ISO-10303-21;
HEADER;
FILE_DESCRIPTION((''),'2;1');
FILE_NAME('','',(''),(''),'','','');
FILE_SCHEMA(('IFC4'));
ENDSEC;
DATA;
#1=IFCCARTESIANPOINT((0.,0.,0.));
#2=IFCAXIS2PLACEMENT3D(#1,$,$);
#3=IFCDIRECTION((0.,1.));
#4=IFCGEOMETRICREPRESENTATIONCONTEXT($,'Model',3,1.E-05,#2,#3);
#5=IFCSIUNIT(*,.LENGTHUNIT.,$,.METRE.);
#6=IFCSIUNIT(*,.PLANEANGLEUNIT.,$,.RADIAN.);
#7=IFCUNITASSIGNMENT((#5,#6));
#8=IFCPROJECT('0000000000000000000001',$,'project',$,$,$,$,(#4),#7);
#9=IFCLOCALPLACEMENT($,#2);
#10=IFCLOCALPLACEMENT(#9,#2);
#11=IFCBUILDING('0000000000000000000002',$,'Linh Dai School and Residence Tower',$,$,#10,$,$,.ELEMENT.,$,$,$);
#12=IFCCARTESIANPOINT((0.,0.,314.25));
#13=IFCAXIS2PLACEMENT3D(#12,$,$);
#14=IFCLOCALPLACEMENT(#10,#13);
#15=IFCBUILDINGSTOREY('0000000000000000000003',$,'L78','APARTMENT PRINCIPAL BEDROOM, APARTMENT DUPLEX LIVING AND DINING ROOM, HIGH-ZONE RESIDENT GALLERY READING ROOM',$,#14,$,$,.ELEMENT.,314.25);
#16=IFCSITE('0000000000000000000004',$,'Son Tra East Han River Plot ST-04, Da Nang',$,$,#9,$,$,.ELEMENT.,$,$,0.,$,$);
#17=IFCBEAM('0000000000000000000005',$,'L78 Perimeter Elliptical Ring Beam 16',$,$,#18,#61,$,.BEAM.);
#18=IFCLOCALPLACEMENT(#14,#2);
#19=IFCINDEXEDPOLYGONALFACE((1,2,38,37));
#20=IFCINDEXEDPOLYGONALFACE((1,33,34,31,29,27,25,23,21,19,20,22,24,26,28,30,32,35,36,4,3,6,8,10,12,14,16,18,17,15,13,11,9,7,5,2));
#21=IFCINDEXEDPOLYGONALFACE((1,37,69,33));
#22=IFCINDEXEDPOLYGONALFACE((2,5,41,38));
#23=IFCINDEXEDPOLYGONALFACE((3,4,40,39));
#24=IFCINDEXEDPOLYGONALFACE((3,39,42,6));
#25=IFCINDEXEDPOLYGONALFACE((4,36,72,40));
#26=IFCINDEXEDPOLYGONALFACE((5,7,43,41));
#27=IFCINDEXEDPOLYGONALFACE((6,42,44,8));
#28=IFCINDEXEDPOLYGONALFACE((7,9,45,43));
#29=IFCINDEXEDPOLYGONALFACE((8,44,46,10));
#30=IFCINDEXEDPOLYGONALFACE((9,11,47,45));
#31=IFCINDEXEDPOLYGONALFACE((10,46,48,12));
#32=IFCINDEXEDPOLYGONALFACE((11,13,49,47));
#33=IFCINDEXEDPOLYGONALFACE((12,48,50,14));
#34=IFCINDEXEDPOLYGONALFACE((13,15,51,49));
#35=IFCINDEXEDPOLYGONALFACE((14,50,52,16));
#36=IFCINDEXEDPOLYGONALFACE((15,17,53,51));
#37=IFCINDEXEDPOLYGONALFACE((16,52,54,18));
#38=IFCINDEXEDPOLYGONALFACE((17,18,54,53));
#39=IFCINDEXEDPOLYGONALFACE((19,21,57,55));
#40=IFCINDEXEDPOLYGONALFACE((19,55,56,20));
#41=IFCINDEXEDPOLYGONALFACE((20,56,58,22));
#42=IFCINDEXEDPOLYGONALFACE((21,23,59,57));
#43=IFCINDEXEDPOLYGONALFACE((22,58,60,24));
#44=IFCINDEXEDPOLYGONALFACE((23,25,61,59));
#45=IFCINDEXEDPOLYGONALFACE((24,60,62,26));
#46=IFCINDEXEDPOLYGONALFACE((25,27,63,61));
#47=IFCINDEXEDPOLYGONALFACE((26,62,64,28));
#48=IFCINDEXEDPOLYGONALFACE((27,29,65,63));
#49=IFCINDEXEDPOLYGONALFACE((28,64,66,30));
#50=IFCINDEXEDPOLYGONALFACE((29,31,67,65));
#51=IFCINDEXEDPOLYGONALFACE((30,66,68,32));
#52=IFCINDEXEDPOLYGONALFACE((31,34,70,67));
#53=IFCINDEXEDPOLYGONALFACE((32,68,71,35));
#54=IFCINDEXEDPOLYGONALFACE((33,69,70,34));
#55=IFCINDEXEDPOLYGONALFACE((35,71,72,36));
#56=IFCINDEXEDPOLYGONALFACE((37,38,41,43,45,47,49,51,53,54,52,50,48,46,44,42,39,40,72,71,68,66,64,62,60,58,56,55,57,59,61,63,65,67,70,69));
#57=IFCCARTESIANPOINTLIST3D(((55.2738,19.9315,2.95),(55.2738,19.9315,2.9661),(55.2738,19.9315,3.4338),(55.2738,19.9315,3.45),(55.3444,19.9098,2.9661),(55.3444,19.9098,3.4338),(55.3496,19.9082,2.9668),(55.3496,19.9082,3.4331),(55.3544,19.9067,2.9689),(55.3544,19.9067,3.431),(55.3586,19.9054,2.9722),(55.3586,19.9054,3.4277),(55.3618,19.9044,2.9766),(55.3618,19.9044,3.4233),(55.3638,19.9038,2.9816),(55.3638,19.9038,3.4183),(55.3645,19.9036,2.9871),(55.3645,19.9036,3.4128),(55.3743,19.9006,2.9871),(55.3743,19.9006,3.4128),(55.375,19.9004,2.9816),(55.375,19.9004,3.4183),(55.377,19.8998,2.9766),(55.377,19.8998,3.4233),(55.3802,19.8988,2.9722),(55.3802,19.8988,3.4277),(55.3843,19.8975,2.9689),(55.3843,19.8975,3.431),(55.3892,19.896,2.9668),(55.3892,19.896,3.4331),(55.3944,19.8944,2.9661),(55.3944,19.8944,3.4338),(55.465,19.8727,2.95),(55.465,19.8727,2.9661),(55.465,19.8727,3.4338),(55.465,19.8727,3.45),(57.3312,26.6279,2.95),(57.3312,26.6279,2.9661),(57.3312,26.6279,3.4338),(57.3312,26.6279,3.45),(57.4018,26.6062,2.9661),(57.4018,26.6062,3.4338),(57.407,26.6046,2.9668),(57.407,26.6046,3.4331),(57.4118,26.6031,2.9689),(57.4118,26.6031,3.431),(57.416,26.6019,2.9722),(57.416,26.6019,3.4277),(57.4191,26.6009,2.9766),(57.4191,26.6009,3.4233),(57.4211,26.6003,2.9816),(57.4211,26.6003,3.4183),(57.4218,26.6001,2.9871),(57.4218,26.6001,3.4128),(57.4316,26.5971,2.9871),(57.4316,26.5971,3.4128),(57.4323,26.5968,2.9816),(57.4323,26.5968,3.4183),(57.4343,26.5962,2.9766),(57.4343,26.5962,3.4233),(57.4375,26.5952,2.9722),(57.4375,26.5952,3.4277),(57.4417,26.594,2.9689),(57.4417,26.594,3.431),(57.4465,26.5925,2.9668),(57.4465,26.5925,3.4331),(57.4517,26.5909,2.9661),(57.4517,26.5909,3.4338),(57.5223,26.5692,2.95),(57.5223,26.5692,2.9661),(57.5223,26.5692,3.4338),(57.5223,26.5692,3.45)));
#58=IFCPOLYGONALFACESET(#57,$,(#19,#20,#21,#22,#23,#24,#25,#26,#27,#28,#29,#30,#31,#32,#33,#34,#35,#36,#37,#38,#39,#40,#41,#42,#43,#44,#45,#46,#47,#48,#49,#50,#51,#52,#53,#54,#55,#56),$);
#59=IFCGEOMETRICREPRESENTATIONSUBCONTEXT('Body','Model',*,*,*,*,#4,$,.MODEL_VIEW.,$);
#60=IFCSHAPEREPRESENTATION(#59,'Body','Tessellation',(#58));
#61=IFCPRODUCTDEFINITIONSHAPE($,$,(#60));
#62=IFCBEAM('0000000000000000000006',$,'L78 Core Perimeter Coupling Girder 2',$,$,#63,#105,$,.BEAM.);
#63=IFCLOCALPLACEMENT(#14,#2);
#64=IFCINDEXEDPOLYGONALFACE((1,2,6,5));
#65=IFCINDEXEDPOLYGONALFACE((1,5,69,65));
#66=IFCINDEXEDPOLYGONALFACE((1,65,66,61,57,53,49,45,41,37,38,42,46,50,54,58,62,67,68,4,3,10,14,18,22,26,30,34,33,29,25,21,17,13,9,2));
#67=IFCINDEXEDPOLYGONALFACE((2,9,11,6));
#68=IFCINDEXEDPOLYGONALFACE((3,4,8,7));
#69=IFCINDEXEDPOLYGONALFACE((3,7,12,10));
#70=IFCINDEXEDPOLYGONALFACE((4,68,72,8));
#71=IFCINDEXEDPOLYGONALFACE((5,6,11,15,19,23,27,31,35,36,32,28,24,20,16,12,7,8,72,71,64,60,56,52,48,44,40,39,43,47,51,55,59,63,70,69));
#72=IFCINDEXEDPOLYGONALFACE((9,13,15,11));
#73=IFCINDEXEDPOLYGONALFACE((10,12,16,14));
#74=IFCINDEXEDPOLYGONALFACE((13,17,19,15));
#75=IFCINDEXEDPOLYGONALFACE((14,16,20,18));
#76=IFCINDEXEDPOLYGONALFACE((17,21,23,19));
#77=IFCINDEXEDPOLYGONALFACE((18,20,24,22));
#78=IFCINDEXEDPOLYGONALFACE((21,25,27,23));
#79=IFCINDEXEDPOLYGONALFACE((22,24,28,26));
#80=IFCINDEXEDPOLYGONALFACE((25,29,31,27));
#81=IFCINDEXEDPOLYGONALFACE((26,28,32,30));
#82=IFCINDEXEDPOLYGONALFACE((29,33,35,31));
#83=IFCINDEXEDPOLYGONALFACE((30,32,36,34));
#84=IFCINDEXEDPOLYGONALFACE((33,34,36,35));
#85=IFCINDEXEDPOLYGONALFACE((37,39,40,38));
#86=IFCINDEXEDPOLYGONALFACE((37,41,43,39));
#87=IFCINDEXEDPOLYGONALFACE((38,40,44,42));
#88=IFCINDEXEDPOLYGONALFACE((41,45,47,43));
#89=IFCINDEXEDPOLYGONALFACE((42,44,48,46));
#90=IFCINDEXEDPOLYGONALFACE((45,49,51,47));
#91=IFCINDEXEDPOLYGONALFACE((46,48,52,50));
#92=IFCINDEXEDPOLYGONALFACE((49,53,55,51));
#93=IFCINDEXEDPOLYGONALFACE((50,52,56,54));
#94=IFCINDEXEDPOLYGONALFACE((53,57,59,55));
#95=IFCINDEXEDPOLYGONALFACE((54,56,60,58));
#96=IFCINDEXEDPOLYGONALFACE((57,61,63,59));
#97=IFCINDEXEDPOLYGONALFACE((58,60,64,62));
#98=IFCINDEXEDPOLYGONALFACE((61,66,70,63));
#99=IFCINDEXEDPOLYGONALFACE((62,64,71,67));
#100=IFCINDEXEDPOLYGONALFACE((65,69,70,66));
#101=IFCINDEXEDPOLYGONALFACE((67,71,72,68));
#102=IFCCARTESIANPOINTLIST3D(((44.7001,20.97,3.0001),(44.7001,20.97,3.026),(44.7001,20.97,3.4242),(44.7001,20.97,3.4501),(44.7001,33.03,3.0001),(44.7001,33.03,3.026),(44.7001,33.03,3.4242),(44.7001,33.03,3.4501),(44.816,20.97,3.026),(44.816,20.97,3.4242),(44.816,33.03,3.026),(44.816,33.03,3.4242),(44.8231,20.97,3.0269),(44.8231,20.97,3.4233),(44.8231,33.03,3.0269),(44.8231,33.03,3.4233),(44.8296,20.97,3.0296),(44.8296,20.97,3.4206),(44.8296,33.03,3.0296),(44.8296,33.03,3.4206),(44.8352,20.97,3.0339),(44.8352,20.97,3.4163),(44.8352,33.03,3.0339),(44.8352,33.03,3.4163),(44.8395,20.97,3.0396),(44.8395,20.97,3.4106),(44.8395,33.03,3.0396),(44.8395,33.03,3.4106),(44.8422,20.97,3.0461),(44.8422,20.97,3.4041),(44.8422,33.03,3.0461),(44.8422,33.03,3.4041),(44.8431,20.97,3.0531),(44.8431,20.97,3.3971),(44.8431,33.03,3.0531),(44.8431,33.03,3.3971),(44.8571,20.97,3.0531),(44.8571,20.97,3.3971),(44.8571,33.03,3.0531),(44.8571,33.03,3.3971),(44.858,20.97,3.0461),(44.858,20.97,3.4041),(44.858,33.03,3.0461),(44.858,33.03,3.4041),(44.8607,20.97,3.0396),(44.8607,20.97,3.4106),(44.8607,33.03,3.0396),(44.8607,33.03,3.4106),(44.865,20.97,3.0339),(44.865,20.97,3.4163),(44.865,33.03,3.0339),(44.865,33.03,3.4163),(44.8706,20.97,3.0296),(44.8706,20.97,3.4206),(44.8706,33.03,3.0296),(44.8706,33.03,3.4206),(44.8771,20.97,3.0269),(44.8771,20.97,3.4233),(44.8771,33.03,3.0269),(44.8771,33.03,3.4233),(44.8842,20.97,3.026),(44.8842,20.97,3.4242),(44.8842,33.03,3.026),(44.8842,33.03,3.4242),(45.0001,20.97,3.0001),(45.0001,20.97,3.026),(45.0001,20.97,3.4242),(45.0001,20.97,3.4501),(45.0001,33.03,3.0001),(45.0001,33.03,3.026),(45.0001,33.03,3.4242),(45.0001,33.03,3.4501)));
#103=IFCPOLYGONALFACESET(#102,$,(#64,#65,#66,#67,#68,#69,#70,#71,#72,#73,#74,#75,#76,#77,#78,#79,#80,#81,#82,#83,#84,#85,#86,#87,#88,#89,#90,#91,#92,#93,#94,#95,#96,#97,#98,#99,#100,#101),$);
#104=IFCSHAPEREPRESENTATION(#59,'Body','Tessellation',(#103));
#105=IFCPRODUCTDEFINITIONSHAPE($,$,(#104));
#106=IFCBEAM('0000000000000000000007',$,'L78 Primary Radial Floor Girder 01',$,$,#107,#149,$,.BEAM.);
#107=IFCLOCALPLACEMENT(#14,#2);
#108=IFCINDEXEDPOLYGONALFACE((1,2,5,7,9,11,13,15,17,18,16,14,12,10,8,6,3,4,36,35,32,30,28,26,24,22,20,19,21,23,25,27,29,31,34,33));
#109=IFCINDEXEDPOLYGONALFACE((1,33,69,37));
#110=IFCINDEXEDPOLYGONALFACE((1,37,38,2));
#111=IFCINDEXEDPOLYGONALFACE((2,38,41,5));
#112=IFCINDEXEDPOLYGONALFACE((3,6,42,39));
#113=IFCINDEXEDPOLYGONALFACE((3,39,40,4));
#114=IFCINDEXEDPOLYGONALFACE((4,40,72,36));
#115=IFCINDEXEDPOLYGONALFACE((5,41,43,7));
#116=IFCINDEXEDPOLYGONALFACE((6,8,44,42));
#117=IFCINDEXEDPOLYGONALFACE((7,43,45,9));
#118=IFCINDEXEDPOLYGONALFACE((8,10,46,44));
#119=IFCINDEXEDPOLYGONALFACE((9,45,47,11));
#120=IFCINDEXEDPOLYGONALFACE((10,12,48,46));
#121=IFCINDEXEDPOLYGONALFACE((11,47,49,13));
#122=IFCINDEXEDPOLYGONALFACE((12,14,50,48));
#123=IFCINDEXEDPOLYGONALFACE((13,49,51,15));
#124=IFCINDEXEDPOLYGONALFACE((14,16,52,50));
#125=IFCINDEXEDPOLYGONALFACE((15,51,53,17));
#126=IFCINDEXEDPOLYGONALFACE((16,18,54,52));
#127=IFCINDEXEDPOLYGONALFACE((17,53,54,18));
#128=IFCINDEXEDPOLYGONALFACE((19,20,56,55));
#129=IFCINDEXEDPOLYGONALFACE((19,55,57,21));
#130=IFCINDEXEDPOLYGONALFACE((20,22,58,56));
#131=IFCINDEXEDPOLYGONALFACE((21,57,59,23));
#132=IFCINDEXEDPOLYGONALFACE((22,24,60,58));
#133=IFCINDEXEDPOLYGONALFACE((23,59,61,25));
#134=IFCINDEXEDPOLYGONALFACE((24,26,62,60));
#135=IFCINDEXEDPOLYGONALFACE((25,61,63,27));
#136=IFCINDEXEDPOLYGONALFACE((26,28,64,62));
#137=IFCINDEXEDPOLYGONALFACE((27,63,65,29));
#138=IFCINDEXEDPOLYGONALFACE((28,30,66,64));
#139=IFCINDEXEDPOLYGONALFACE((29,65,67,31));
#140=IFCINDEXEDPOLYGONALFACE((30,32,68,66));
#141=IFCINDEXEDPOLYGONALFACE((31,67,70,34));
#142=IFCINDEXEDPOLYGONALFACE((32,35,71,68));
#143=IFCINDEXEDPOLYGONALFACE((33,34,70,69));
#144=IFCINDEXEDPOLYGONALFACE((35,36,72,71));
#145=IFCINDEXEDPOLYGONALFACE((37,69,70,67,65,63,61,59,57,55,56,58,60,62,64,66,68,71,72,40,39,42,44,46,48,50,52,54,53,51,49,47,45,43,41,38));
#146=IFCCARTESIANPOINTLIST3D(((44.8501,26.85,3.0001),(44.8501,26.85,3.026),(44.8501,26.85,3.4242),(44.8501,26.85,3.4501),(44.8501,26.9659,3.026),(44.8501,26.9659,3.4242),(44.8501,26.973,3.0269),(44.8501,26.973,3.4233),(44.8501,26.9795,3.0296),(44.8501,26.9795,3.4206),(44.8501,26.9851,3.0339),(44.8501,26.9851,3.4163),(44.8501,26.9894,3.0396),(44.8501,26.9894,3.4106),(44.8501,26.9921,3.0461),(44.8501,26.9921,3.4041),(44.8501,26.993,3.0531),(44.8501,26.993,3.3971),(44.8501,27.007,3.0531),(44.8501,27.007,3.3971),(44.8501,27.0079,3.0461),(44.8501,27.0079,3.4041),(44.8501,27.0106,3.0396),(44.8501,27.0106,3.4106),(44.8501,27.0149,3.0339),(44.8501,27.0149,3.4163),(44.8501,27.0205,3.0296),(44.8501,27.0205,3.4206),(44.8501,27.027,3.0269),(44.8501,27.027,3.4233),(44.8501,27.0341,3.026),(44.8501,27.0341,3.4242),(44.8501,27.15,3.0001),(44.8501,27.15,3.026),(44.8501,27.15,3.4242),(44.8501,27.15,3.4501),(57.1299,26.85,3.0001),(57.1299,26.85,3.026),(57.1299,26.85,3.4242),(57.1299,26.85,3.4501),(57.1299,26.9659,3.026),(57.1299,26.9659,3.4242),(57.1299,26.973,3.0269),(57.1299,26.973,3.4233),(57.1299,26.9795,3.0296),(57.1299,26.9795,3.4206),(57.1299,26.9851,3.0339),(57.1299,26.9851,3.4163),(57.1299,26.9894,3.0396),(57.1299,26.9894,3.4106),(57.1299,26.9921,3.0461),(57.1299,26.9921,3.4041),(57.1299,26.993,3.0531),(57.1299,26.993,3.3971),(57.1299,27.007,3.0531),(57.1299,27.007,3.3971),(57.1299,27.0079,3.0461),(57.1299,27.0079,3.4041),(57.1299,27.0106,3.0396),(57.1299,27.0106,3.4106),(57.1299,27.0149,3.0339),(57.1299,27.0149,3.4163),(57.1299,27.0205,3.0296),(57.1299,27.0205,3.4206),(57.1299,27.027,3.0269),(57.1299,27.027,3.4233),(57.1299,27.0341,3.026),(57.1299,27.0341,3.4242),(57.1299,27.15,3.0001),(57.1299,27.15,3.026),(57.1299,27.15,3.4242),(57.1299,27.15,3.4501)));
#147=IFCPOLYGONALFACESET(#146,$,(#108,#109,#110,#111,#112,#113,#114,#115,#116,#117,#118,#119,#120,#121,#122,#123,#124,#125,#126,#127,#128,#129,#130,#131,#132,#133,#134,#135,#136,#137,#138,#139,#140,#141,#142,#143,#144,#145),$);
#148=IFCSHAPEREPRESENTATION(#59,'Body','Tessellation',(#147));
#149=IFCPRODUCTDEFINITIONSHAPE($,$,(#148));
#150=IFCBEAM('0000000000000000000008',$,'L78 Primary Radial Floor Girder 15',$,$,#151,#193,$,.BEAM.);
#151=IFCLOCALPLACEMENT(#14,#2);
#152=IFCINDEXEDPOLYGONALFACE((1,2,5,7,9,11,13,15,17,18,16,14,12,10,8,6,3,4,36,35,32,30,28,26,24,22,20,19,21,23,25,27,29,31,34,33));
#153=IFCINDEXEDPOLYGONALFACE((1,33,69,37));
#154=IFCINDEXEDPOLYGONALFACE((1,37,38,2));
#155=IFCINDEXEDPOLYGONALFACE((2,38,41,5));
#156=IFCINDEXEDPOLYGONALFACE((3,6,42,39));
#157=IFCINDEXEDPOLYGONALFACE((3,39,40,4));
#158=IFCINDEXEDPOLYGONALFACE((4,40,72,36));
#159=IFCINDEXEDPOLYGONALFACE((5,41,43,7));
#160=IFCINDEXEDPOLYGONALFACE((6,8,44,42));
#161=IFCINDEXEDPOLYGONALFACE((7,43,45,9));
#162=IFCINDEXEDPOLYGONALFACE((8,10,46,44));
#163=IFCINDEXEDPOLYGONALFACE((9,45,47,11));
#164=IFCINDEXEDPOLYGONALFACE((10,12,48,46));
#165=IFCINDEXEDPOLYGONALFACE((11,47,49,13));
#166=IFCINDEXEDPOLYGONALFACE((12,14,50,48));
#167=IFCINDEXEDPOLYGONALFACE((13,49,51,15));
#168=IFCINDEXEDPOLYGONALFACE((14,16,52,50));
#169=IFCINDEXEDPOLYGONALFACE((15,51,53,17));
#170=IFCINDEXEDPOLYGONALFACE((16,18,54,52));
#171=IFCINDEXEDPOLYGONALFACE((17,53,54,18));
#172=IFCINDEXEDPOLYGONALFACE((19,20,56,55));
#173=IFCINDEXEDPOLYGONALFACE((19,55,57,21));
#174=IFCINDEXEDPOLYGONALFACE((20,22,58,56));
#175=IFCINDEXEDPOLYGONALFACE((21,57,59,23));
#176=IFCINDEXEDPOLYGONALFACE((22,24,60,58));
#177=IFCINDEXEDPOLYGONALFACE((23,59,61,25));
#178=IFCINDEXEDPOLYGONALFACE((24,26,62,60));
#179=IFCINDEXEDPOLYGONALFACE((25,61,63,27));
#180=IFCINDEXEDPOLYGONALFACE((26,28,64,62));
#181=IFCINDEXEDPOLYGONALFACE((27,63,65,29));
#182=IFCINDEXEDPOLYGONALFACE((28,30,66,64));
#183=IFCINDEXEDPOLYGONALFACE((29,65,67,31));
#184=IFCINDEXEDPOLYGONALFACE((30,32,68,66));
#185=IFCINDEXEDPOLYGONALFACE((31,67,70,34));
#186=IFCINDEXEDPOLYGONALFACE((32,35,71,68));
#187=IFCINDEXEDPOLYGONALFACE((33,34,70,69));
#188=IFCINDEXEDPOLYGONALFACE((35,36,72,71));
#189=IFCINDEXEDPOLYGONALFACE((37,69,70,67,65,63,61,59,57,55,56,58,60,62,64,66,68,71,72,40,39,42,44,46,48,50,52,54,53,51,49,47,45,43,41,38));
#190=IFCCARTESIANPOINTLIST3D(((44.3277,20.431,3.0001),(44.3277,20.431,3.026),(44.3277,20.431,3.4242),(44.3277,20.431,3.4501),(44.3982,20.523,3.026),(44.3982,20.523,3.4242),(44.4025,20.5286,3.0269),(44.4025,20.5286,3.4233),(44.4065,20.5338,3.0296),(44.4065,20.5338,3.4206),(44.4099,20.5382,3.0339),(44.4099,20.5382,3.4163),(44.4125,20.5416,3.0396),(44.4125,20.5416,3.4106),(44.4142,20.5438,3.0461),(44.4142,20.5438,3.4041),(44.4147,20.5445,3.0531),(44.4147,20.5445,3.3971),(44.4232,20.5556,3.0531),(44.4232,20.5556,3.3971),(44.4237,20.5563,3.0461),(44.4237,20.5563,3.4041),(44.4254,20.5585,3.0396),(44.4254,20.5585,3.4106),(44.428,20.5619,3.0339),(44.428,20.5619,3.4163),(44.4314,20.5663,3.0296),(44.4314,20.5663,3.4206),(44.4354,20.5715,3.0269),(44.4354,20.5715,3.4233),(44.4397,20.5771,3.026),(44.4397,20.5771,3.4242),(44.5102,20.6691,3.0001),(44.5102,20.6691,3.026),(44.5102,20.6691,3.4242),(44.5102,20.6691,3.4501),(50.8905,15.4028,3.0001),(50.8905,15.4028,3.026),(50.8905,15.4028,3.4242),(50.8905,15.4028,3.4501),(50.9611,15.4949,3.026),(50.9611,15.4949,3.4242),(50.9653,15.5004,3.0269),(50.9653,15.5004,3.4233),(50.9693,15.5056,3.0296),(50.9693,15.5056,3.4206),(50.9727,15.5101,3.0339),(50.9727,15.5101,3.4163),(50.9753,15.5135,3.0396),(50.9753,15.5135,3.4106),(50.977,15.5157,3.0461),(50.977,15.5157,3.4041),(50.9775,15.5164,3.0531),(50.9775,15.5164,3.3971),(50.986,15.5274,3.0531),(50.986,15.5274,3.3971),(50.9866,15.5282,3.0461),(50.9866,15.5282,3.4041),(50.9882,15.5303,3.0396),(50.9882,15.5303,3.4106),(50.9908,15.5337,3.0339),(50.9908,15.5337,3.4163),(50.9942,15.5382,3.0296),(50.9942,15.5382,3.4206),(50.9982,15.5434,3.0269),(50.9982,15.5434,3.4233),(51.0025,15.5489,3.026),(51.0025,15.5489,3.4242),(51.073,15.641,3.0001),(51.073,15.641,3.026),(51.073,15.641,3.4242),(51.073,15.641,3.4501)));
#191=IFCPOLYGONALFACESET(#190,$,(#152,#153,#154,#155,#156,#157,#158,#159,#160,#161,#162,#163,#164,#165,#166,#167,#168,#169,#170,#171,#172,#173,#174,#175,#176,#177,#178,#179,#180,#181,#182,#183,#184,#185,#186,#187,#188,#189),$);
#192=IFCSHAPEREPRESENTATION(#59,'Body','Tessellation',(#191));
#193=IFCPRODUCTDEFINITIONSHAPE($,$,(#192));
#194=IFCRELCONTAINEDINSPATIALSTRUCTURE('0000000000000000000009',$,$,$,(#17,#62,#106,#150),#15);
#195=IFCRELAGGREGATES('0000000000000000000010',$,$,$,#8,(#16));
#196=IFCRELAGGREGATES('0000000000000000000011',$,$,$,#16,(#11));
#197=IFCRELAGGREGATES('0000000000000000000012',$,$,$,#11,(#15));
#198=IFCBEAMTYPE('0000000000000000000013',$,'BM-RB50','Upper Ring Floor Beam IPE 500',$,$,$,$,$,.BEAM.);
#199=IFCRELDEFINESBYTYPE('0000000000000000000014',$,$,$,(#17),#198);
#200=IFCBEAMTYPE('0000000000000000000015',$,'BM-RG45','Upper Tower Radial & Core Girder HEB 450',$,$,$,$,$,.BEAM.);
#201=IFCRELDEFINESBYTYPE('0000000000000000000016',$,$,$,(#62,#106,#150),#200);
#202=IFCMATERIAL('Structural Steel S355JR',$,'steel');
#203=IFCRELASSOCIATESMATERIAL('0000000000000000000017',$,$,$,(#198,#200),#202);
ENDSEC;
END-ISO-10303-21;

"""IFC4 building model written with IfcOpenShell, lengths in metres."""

from ifc_helpers import new_model, si_unit, direction, frame, origin, origin_2d, place, context, subcontext, project, spatial, i_section, extrude, material, material_profile, profile_set, type_object, element, save


model = new_model("IFC4")

# Units and contexts
model_context = context("Model", 3, precision=1e-05, world=origin(), true_north=direction((0.0, 1.0)))
body_context = subcontext(model_context, "Body", "Model", "MODEL_VIEW")
ifc_project = project(units=[si_unit("LENGTHUNIT", "METRE"), si_unit("PLANEANGLEUNIT", "RADIAN")], contexts=[model_context])

# Site, building, storey
site_placement = place(None, origin())
site = spatial("IfcSite", under=ifc_project, at=site_placement, Name="Son Tra East Han River Plot ST-04, Da Nang", CompositionType="ELEMENT", RefElevation=0.0)
building_placement = place(site_placement, origin())
building = spatial("IfcBuilding", under=site, at=building_placement, Name="Linh Dai School and Residence Tower", CompositionType="ELEMENT")
storey_placement = place(building_placement, frame((0.0, 0.0, 314.25)))
storey = spatial("IfcBuildingStorey", under=building, at=storey_placement, Name="L78", Description="APARTMENT PRINCIPAL BEDROOM, APARTMENT DUPLEX LIVING AND DINING ROOM, HIGH-ZONE RESIDENT GALLERY READING ROOM", CompositionType="ELEMENT", Elevation=314.25)

# Shared definitions
ifc_material_1 = material(Name="Structural Steel S355JR", Category="steel")

# Beams
ifc_material_profile_1 = material_profile(ifc_material_1, i_section(OverallWidth=0.2, OverallDepth=0.5, WebThickness=0.0103, FlangeThickness=0.0161, FilletRadius=0.021, at=origin_2d()), Name="IPE 500")
ifc_profile_set_1 = profile_set([ifc_material_profile_1], Name="Structural Steel S355JR")
beam_type_1 = type_object("IfcBeamType", Name="BM-RB50", Description="Upper Ring Floor Beam IPE 500", PredefinedType="BEAM", material=ifc_profile_set_1)
beam_1_placement = place(storey_placement, frame((55.3694, 19.9021, 3.2), z_axis=(0.293682, 0.955903, 0.0), x_axis=(-0.955903, 0.293682, 0.0)))
element("IfcBeam", 1, at=beam_1_placement, inside=storey, type_object=beam_type_1, Name="L78 Perimeter Elliptical Ring Beam 16", PredefinedType="BEAM", context=body_context, shape_type="SweptSolid", body=[
    extrude(i_section(OverallWidth=0.2, OverallDepth=0.5, WebThickness=0.0103, FlangeThickness=0.0161, FilletRadius=0.021, at=origin_2d()), origin(), (0.0, 0.0, 1.0), 7.0054),
])
ifc_material_profile_2 = material_profile(ifc_material_1, i_section(OverallWidth=0.3, OverallDepth=0.45, WebThickness=0.0139, FlangeThickness=0.0259, FilletRadius=0.0271, at=origin_2d()), Name="HEB 450")
ifc_profile_set_2 = profile_set([ifc_material_profile_2], Name="Structural Steel S355JR")
beam_type_2 = type_object("IfcBeamType", Name="BM-RG45", Description="Upper Tower Radial & Core Girder HEB 450", PredefinedType="BEAM", material=ifc_profile_set_2)
beam_2_placement = place(storey_placement, frame((44.8501, 20.97, 3.2251), z_axis=(0.0, 1.0, 0.0), x_axis=(-1.0, 0.0, 0.0)))
element("IfcBeam", 2, at=beam_2_placement, inside=storey, type_object=beam_type_2, Name="L78 Core Perimeter Coupling Girder 2", PredefinedType="BEAM", context=body_context, shape_type="SweptSolid", body=[
    extrude(i_section(OverallWidth=0.3, OverallDepth=0.45, WebThickness=0.0139, FlangeThickness=0.0259, FilletRadius=0.0271, at=origin_2d()), origin(), (0.0, 0.0, 1.0), 12.0601),
])
beam_3_placement = place(storey_placement, frame((44.8501, 27.0, 3.2251), z_axis=(1.0, 0.0, 0.0), x_axis=(0.0, 1.0, 0.0)))
element("IfcBeam", 3, at=beam_3_placement, inside=storey, type_object=beam_type_2, Name="L78 Primary Radial Floor Girder 01", PredefinedType="BEAM", context=body_context, shape_type="SweptSolid", body=[
    extrude(i_section(OverallWidth=0.3, OverallDepth=0.45, WebThickness=0.0139, FlangeThickness=0.0259, FilletRadius=0.0271, at=origin_2d()), origin(), (0.0, 0.0, 1.0), 12.2798),
])
beam_4_placement = place(storey_placement, frame((44.4189, 20.55, 3.2251), z_axis=(0.793803, -0.608175, 0.0), x_axis=(0.608175, 0.793803, 0.0)))
element("IfcBeam", 4, at=beam_4_placement, inside=storey, type_object=beam_type_2, Name="L78 Primary Radial Floor Girder 15", PredefinedType="BEAM", context=body_context, shape_type="SweptSolid", body=[
    extrude(i_section(OverallWidth=0.3, OverallDepth=0.45, WebThickness=0.0139, FlangeThickness=0.0259, FilletRadius=0.0271, at=origin_2d()), origin(), (0.0, 0.0, 1.0), 8.2676),
])

save(model, "model.ifc")
